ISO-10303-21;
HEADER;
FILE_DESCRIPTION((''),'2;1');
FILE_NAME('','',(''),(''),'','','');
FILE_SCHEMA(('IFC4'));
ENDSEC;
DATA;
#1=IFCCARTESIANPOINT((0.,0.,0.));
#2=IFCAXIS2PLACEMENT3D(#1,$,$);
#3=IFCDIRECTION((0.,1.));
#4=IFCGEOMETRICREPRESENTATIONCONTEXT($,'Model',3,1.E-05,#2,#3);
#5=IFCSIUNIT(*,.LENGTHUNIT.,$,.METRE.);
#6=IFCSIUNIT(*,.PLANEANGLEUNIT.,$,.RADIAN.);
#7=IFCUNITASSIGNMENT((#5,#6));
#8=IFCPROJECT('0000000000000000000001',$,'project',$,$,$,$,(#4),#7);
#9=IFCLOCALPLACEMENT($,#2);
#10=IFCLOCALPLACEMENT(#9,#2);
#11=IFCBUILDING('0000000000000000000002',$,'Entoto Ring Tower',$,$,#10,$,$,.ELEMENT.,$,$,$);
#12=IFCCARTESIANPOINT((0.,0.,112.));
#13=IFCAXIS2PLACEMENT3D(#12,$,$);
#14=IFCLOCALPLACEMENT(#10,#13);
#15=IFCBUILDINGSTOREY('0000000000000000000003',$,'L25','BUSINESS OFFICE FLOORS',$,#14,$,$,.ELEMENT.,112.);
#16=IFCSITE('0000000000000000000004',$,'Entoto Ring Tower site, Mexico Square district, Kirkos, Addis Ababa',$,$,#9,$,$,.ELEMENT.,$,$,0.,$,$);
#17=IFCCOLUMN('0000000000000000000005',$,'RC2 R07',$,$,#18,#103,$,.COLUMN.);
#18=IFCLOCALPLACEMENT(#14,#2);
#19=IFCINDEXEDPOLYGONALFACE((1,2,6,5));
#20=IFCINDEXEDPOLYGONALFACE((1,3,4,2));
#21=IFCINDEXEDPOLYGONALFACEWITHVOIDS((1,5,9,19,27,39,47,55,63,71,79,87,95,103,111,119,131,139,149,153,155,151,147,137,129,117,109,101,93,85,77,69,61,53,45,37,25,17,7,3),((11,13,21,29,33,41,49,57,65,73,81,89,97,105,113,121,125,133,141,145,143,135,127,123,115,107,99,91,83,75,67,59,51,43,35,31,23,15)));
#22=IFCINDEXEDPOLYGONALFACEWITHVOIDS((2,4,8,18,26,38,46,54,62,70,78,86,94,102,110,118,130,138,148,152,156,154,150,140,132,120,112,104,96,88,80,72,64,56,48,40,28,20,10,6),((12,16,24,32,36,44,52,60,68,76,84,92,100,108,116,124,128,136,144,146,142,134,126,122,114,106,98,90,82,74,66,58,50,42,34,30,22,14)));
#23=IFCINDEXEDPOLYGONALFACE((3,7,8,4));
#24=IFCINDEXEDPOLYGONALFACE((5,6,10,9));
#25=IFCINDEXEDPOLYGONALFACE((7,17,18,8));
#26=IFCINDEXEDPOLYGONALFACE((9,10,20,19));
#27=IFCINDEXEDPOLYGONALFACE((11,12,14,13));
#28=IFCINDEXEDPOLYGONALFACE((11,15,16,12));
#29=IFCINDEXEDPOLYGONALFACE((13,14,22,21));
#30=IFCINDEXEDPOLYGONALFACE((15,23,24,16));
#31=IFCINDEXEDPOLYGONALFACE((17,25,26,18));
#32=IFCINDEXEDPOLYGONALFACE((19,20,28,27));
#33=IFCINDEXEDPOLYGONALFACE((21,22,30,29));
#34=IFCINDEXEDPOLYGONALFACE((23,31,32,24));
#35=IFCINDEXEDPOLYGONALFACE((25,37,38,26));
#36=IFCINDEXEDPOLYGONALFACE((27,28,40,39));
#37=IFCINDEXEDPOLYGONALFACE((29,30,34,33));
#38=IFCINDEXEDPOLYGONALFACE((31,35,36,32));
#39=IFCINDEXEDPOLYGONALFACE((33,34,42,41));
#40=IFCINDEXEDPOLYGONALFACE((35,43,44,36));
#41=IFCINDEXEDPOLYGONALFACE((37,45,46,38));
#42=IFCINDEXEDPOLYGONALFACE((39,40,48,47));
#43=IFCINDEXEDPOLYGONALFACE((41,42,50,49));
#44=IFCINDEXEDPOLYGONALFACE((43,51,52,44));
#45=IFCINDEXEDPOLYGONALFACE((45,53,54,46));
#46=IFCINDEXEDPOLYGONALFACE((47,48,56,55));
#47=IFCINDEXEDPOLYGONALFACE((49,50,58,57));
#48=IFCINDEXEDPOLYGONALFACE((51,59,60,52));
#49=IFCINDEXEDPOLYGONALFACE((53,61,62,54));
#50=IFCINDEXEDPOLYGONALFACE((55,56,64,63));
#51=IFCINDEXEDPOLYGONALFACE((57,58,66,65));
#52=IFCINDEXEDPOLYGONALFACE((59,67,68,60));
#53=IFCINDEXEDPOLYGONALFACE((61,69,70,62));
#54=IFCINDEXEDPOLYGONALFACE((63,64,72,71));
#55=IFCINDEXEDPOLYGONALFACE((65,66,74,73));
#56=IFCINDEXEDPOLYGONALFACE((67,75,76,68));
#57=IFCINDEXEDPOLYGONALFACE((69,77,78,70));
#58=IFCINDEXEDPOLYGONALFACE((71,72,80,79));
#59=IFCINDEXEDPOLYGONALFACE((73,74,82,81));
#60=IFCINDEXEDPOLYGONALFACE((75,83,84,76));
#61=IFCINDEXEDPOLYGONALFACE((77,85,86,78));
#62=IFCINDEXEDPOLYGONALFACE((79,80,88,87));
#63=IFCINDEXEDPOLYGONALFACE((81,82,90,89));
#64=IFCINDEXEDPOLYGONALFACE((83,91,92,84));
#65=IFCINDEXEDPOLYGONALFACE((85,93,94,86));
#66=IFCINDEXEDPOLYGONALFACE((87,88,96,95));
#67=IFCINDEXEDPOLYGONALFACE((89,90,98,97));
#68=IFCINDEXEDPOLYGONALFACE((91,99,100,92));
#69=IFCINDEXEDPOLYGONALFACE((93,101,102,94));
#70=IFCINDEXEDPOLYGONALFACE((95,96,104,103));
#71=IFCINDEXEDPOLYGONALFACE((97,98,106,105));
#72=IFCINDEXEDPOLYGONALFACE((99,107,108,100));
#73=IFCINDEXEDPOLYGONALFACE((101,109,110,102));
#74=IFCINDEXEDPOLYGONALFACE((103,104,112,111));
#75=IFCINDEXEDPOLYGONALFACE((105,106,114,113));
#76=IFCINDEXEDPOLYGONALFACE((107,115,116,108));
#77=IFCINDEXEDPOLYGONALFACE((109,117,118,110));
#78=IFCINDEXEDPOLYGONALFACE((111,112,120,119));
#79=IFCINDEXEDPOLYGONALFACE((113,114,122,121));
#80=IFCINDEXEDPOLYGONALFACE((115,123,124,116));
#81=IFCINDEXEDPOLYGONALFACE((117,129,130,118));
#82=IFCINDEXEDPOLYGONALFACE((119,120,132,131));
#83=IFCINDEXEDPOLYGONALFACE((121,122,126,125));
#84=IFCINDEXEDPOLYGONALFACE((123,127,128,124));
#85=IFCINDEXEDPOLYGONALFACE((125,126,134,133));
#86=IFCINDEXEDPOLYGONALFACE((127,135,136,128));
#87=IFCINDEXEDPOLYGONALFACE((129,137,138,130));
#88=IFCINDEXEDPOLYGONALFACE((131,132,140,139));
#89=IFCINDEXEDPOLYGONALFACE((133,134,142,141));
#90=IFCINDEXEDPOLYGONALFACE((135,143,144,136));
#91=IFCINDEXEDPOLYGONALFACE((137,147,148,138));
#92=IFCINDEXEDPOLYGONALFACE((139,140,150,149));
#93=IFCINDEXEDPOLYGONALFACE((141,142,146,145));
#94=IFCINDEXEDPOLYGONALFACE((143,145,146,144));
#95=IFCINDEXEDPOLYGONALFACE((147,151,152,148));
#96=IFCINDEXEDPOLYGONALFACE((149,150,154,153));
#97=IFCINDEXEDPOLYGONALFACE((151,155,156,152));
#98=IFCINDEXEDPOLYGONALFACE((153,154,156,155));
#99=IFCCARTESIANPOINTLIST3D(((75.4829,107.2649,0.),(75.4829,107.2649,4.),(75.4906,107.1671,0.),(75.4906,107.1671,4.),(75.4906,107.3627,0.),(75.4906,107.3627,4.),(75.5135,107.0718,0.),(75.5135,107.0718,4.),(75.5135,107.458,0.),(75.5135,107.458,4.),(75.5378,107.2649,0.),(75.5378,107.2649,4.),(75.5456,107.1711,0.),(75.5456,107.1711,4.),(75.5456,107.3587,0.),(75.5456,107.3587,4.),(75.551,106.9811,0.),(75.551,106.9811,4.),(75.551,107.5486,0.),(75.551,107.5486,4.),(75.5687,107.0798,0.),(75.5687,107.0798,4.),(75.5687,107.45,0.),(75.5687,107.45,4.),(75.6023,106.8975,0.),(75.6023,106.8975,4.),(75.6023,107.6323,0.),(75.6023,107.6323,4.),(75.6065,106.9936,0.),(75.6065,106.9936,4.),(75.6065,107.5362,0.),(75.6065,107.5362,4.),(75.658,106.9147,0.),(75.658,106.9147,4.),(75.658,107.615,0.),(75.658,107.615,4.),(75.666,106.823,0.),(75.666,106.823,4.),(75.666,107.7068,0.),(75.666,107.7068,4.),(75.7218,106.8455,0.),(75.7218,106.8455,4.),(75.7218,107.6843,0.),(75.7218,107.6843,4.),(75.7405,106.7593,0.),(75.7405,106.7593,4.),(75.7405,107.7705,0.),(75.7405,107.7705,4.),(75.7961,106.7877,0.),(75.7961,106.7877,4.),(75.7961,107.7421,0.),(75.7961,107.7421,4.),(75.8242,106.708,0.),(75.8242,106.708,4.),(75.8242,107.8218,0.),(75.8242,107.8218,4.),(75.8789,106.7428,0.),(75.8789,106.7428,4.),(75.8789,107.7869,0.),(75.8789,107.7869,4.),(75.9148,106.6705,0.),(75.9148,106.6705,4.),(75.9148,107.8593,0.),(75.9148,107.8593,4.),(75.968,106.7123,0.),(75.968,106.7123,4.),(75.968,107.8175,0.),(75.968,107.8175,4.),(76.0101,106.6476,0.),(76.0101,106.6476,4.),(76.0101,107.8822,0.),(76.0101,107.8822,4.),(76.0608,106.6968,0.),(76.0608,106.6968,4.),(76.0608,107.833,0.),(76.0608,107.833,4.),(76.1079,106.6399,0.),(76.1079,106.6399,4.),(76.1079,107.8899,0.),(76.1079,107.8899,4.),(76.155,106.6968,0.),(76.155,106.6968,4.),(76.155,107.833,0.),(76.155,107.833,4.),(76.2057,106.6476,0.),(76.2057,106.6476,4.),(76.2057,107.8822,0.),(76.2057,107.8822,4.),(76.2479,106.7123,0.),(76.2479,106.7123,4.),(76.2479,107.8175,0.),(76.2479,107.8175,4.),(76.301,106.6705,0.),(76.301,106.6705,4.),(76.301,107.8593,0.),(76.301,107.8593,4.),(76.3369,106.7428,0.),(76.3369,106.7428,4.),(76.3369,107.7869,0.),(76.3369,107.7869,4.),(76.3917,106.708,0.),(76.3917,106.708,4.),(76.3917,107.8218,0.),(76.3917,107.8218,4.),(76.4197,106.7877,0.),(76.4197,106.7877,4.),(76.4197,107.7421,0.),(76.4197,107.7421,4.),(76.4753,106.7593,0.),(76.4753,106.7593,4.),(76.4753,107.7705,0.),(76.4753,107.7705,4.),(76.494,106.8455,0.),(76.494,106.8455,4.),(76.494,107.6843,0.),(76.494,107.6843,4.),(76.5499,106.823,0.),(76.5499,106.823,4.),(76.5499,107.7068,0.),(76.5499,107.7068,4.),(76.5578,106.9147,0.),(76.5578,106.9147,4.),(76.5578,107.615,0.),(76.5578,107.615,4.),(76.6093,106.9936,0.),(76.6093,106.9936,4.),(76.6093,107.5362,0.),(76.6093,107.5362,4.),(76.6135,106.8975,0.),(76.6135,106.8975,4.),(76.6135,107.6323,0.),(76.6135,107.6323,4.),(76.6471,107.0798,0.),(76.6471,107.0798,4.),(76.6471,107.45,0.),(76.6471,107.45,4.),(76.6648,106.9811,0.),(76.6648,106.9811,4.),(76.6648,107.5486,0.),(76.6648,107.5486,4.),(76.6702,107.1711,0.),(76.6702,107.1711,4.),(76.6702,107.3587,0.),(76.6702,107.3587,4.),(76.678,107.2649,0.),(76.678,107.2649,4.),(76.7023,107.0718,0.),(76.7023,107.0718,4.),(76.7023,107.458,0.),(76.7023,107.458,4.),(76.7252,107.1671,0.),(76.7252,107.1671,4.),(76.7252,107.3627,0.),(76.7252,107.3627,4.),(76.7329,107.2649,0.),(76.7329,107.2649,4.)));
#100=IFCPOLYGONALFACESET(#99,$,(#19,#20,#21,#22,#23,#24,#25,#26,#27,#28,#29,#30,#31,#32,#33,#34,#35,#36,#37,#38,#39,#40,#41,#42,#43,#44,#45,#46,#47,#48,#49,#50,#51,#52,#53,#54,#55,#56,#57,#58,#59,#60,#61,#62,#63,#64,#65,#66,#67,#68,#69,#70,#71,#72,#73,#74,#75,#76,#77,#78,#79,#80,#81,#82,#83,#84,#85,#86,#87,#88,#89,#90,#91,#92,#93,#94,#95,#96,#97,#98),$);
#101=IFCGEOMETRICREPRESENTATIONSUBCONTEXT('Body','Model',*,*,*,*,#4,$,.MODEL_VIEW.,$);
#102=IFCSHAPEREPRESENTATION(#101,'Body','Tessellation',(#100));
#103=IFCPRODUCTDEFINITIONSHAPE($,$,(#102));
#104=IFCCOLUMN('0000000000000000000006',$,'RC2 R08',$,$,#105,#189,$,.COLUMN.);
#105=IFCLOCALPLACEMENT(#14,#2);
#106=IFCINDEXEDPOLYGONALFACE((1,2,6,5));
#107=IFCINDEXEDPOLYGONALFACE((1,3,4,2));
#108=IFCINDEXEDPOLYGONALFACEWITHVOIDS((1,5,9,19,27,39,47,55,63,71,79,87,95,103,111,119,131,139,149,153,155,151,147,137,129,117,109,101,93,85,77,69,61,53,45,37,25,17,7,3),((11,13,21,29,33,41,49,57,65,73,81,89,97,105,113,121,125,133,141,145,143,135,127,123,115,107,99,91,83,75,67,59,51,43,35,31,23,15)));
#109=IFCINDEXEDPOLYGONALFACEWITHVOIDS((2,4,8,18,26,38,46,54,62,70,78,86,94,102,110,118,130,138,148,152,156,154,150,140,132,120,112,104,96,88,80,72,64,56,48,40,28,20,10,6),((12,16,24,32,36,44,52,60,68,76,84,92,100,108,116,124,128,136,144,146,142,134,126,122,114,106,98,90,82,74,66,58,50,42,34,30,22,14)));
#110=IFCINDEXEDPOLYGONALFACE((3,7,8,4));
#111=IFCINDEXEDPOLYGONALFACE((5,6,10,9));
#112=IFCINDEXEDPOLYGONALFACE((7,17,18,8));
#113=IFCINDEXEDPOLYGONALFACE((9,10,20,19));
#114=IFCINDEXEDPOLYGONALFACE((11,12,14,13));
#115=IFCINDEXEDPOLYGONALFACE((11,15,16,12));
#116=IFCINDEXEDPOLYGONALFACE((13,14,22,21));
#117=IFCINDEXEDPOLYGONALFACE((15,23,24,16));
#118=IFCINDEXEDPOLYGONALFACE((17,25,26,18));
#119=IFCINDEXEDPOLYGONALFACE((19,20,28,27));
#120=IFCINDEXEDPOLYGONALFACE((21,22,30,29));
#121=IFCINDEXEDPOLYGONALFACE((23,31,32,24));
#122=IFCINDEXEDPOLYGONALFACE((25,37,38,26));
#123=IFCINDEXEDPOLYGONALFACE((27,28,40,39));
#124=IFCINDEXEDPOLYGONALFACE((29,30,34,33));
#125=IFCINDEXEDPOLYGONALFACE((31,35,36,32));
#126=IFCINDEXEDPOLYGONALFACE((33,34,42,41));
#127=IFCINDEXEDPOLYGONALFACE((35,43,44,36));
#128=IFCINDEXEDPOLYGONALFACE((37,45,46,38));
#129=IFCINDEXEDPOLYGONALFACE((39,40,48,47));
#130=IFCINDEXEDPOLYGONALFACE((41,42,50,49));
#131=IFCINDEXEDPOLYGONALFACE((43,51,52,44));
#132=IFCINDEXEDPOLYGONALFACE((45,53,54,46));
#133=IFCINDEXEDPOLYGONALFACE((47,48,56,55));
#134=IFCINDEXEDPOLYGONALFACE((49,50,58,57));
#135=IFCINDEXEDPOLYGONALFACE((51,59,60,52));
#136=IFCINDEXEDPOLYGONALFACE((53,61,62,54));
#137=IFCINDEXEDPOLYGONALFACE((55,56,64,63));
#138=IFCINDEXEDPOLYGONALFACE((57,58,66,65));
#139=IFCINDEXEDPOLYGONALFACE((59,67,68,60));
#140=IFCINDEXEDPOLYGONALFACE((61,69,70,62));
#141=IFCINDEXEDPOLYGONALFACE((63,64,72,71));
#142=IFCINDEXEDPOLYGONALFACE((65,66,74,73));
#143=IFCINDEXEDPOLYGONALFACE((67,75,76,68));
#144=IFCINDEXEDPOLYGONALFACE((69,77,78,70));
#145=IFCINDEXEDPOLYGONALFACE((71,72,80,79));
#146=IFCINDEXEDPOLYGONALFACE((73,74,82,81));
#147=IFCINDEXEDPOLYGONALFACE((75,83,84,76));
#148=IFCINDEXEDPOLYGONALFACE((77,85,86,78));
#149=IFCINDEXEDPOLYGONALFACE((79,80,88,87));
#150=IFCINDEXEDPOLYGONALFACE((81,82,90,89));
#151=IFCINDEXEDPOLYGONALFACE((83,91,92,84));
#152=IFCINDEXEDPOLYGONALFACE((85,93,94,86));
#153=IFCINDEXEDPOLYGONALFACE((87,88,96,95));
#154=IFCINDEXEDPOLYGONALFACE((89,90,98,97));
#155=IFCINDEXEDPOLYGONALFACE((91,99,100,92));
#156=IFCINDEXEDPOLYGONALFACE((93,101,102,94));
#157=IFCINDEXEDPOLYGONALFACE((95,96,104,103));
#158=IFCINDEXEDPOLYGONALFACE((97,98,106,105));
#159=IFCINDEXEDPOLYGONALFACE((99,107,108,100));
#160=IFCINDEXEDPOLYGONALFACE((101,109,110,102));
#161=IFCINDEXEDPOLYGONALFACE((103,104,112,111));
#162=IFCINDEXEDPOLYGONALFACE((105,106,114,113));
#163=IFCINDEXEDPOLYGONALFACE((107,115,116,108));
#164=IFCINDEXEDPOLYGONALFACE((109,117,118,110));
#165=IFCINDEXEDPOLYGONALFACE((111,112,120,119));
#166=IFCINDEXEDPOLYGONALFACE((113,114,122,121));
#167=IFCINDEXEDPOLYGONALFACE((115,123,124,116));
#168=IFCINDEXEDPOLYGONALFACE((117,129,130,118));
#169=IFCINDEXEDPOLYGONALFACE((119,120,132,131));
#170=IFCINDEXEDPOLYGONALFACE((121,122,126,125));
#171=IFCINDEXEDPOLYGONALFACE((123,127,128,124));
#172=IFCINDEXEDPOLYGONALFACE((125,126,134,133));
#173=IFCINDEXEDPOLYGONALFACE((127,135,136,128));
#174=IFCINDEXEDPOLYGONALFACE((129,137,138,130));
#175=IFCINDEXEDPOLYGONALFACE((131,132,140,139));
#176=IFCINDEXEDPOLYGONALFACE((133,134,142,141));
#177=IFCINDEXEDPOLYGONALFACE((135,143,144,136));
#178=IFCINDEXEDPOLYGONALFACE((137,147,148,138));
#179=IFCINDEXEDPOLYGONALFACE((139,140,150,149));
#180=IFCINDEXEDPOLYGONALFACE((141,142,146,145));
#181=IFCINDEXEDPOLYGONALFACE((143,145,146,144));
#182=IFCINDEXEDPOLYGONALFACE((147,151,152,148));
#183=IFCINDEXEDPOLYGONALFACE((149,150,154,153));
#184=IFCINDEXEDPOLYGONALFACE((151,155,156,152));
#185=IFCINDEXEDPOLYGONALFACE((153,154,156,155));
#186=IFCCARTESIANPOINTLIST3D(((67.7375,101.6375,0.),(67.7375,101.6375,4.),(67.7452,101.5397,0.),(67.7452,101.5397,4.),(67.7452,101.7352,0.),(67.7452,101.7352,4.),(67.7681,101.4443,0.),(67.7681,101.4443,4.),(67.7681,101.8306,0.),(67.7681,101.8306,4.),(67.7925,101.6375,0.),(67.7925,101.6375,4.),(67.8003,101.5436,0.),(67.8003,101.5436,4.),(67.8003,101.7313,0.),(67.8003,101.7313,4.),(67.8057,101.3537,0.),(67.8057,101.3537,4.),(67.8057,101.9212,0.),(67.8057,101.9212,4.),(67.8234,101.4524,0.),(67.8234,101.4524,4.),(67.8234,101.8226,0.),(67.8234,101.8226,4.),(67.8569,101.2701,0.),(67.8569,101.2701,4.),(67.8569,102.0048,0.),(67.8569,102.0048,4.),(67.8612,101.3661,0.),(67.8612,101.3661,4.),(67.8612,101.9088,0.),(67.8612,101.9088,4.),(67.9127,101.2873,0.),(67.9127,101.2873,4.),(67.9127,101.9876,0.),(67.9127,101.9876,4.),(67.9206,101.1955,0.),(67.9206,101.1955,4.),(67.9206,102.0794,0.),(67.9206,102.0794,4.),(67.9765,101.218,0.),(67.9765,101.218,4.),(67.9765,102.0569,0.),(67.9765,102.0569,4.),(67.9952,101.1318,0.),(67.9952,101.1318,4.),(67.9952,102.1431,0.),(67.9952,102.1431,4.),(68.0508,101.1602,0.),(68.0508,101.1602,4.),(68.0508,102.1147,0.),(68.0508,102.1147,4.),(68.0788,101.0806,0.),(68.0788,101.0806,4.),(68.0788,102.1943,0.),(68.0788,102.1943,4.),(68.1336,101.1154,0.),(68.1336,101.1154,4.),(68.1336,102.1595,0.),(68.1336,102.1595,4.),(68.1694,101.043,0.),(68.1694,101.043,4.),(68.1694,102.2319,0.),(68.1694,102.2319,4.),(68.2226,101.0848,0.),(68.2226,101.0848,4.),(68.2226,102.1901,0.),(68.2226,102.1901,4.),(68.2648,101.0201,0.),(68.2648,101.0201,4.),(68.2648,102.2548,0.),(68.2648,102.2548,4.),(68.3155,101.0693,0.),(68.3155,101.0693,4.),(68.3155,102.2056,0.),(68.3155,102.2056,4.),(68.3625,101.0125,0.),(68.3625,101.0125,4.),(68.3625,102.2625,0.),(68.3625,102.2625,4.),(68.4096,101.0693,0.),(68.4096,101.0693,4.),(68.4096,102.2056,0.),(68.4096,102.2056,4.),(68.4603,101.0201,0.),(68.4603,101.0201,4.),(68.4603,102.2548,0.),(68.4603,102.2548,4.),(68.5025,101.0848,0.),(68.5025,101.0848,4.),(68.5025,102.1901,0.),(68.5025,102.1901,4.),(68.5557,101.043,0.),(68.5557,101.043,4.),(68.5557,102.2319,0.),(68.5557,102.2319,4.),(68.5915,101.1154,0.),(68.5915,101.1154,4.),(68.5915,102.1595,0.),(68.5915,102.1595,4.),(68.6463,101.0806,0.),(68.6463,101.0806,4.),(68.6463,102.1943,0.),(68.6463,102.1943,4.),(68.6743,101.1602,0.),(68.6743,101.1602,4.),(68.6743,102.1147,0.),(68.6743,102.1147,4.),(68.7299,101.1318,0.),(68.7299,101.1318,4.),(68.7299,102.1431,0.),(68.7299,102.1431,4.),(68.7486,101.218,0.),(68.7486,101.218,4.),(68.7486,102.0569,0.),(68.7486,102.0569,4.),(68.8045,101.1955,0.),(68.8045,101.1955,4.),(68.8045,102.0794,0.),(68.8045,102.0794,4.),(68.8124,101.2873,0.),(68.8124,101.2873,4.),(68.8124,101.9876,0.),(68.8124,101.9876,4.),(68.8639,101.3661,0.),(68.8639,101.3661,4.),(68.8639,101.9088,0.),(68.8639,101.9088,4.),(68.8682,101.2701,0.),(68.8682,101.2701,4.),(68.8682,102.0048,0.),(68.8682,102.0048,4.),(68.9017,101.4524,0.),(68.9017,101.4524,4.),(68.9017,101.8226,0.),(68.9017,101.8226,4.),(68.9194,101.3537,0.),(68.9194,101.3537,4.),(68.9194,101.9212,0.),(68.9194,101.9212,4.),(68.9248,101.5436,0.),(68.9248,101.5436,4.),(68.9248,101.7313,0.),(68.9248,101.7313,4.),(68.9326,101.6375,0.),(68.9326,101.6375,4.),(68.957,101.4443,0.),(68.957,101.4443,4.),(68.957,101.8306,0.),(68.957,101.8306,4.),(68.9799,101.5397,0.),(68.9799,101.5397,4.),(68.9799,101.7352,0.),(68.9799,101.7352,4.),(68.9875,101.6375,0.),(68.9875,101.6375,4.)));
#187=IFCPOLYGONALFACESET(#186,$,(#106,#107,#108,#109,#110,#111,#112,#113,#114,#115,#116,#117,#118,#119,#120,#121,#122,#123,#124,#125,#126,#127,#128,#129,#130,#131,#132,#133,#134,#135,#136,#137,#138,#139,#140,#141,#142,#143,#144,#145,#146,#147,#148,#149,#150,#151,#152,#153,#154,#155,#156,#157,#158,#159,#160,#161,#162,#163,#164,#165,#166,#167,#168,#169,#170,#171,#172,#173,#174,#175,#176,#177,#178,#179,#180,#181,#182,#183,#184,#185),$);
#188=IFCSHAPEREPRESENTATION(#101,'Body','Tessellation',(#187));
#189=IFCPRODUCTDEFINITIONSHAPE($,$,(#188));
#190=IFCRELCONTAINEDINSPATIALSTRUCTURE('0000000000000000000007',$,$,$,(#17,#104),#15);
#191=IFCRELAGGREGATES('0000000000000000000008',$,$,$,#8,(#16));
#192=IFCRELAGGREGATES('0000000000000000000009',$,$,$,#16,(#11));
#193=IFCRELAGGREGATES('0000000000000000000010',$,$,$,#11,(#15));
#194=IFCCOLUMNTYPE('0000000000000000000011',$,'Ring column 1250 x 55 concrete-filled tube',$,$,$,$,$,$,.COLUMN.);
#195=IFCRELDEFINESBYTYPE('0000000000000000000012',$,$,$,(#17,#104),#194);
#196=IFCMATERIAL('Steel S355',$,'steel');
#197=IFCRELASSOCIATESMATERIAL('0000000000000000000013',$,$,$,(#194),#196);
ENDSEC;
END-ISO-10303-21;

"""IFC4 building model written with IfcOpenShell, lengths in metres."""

from ifc_helpers import new_model, si_unit, direction, frame, origin, origin_2d, place, context, subcontext, project, spatial, circle, hollow_circle, extrude, material, material_profile, profile_set, type_object, element, save


model = new_model("IFC4")

# Units and contexts
model_context = context("Model", 3, precision=1e-05, world=origin(), true_north=direction((0.0, 1.0)))
body_context = subcontext(model_context, "Body", "Model", "MODEL_VIEW")
ifc_project = project(units=[si_unit("LENGTHUNIT", "METRE"), si_unit("PLANEANGLEUNIT", "RADIAN")], contexts=[model_context])

# Site, building, storey
site_placement = place(None, origin())
site = spatial("IfcSite", under=ifc_project, at=site_placement, Name="Entoto Ring Tower site, Mexico Square district, Kirkos, Addis Ababa", CompositionType="ELEMENT", RefElevation=0.0)
building_placement = place(site_placement, origin())
building = spatial("IfcBuilding", under=site, at=building_placement, Name="Entoto Ring Tower", CompositionType="ELEMENT")
storey_placement = place(building_placement, frame((0.0, 0.0, 112.0)))
storey = spatial("IfcBuildingStorey", under=building, at=storey_placement, Name="L25", Description="BUSINESS OFFICE FLOORS", CompositionType="ELEMENT", Elevation=112.0)

# Columns
ifc_material_1 = material(Name="Steel S355", Category="steel")
ifc_material_profile_1 = material_profile(ifc_material_1, hollow_circle(Radius=0.625, WallThickness=0.0549, at=origin_2d()), Name="CHS 1250 x 55")
ifc_material_2 = material(Name="Concrete C60/75", Category="concrete")
ifc_material_profile_2 = material_profile(ifc_material_2, circle(Radius=0.5701, at=origin_2d()), Name="Concrete C60/75 infill")
ifc_profile_set_1 = profile_set([ifc_material_profile_1, ifc_material_profile_2], Name="Steel S355")
column_type = type_object("IfcColumnType", Name="Ring column 1250 x 55 concrete-filled tube", PredefinedType="COLUMN", material=ifc_profile_set_1)
for number, where, z_axis, x_axis, name in (
    (1, (76.1079, 107.2649, 0.0), (0.0, 0.0, 1.0), (1.0, 0.0, 0.0), "RC2 R07"),
    (2, (68.3625, 101.6375, 0.0), (0.0, 0.0, 1.0), (1.0, 0.0, 0.0), "RC2 R08"),
):
    element("IfcColumn", number, at=place(storey_placement, frame(where, z_axis=z_axis, x_axis=x_axis)), inside=storey, type_object=column_type, Name=name, PredefinedType="COLUMN", context=body_context, shape_type="SweptSolid", body=[
        extrude(hollow_circle(Radius=0.625, WallThickness=0.0549, at=origin_2d()), origin(), (0.0, 0.0, 1.0), 4.0),
    ])

save(model, "model.ifc")
